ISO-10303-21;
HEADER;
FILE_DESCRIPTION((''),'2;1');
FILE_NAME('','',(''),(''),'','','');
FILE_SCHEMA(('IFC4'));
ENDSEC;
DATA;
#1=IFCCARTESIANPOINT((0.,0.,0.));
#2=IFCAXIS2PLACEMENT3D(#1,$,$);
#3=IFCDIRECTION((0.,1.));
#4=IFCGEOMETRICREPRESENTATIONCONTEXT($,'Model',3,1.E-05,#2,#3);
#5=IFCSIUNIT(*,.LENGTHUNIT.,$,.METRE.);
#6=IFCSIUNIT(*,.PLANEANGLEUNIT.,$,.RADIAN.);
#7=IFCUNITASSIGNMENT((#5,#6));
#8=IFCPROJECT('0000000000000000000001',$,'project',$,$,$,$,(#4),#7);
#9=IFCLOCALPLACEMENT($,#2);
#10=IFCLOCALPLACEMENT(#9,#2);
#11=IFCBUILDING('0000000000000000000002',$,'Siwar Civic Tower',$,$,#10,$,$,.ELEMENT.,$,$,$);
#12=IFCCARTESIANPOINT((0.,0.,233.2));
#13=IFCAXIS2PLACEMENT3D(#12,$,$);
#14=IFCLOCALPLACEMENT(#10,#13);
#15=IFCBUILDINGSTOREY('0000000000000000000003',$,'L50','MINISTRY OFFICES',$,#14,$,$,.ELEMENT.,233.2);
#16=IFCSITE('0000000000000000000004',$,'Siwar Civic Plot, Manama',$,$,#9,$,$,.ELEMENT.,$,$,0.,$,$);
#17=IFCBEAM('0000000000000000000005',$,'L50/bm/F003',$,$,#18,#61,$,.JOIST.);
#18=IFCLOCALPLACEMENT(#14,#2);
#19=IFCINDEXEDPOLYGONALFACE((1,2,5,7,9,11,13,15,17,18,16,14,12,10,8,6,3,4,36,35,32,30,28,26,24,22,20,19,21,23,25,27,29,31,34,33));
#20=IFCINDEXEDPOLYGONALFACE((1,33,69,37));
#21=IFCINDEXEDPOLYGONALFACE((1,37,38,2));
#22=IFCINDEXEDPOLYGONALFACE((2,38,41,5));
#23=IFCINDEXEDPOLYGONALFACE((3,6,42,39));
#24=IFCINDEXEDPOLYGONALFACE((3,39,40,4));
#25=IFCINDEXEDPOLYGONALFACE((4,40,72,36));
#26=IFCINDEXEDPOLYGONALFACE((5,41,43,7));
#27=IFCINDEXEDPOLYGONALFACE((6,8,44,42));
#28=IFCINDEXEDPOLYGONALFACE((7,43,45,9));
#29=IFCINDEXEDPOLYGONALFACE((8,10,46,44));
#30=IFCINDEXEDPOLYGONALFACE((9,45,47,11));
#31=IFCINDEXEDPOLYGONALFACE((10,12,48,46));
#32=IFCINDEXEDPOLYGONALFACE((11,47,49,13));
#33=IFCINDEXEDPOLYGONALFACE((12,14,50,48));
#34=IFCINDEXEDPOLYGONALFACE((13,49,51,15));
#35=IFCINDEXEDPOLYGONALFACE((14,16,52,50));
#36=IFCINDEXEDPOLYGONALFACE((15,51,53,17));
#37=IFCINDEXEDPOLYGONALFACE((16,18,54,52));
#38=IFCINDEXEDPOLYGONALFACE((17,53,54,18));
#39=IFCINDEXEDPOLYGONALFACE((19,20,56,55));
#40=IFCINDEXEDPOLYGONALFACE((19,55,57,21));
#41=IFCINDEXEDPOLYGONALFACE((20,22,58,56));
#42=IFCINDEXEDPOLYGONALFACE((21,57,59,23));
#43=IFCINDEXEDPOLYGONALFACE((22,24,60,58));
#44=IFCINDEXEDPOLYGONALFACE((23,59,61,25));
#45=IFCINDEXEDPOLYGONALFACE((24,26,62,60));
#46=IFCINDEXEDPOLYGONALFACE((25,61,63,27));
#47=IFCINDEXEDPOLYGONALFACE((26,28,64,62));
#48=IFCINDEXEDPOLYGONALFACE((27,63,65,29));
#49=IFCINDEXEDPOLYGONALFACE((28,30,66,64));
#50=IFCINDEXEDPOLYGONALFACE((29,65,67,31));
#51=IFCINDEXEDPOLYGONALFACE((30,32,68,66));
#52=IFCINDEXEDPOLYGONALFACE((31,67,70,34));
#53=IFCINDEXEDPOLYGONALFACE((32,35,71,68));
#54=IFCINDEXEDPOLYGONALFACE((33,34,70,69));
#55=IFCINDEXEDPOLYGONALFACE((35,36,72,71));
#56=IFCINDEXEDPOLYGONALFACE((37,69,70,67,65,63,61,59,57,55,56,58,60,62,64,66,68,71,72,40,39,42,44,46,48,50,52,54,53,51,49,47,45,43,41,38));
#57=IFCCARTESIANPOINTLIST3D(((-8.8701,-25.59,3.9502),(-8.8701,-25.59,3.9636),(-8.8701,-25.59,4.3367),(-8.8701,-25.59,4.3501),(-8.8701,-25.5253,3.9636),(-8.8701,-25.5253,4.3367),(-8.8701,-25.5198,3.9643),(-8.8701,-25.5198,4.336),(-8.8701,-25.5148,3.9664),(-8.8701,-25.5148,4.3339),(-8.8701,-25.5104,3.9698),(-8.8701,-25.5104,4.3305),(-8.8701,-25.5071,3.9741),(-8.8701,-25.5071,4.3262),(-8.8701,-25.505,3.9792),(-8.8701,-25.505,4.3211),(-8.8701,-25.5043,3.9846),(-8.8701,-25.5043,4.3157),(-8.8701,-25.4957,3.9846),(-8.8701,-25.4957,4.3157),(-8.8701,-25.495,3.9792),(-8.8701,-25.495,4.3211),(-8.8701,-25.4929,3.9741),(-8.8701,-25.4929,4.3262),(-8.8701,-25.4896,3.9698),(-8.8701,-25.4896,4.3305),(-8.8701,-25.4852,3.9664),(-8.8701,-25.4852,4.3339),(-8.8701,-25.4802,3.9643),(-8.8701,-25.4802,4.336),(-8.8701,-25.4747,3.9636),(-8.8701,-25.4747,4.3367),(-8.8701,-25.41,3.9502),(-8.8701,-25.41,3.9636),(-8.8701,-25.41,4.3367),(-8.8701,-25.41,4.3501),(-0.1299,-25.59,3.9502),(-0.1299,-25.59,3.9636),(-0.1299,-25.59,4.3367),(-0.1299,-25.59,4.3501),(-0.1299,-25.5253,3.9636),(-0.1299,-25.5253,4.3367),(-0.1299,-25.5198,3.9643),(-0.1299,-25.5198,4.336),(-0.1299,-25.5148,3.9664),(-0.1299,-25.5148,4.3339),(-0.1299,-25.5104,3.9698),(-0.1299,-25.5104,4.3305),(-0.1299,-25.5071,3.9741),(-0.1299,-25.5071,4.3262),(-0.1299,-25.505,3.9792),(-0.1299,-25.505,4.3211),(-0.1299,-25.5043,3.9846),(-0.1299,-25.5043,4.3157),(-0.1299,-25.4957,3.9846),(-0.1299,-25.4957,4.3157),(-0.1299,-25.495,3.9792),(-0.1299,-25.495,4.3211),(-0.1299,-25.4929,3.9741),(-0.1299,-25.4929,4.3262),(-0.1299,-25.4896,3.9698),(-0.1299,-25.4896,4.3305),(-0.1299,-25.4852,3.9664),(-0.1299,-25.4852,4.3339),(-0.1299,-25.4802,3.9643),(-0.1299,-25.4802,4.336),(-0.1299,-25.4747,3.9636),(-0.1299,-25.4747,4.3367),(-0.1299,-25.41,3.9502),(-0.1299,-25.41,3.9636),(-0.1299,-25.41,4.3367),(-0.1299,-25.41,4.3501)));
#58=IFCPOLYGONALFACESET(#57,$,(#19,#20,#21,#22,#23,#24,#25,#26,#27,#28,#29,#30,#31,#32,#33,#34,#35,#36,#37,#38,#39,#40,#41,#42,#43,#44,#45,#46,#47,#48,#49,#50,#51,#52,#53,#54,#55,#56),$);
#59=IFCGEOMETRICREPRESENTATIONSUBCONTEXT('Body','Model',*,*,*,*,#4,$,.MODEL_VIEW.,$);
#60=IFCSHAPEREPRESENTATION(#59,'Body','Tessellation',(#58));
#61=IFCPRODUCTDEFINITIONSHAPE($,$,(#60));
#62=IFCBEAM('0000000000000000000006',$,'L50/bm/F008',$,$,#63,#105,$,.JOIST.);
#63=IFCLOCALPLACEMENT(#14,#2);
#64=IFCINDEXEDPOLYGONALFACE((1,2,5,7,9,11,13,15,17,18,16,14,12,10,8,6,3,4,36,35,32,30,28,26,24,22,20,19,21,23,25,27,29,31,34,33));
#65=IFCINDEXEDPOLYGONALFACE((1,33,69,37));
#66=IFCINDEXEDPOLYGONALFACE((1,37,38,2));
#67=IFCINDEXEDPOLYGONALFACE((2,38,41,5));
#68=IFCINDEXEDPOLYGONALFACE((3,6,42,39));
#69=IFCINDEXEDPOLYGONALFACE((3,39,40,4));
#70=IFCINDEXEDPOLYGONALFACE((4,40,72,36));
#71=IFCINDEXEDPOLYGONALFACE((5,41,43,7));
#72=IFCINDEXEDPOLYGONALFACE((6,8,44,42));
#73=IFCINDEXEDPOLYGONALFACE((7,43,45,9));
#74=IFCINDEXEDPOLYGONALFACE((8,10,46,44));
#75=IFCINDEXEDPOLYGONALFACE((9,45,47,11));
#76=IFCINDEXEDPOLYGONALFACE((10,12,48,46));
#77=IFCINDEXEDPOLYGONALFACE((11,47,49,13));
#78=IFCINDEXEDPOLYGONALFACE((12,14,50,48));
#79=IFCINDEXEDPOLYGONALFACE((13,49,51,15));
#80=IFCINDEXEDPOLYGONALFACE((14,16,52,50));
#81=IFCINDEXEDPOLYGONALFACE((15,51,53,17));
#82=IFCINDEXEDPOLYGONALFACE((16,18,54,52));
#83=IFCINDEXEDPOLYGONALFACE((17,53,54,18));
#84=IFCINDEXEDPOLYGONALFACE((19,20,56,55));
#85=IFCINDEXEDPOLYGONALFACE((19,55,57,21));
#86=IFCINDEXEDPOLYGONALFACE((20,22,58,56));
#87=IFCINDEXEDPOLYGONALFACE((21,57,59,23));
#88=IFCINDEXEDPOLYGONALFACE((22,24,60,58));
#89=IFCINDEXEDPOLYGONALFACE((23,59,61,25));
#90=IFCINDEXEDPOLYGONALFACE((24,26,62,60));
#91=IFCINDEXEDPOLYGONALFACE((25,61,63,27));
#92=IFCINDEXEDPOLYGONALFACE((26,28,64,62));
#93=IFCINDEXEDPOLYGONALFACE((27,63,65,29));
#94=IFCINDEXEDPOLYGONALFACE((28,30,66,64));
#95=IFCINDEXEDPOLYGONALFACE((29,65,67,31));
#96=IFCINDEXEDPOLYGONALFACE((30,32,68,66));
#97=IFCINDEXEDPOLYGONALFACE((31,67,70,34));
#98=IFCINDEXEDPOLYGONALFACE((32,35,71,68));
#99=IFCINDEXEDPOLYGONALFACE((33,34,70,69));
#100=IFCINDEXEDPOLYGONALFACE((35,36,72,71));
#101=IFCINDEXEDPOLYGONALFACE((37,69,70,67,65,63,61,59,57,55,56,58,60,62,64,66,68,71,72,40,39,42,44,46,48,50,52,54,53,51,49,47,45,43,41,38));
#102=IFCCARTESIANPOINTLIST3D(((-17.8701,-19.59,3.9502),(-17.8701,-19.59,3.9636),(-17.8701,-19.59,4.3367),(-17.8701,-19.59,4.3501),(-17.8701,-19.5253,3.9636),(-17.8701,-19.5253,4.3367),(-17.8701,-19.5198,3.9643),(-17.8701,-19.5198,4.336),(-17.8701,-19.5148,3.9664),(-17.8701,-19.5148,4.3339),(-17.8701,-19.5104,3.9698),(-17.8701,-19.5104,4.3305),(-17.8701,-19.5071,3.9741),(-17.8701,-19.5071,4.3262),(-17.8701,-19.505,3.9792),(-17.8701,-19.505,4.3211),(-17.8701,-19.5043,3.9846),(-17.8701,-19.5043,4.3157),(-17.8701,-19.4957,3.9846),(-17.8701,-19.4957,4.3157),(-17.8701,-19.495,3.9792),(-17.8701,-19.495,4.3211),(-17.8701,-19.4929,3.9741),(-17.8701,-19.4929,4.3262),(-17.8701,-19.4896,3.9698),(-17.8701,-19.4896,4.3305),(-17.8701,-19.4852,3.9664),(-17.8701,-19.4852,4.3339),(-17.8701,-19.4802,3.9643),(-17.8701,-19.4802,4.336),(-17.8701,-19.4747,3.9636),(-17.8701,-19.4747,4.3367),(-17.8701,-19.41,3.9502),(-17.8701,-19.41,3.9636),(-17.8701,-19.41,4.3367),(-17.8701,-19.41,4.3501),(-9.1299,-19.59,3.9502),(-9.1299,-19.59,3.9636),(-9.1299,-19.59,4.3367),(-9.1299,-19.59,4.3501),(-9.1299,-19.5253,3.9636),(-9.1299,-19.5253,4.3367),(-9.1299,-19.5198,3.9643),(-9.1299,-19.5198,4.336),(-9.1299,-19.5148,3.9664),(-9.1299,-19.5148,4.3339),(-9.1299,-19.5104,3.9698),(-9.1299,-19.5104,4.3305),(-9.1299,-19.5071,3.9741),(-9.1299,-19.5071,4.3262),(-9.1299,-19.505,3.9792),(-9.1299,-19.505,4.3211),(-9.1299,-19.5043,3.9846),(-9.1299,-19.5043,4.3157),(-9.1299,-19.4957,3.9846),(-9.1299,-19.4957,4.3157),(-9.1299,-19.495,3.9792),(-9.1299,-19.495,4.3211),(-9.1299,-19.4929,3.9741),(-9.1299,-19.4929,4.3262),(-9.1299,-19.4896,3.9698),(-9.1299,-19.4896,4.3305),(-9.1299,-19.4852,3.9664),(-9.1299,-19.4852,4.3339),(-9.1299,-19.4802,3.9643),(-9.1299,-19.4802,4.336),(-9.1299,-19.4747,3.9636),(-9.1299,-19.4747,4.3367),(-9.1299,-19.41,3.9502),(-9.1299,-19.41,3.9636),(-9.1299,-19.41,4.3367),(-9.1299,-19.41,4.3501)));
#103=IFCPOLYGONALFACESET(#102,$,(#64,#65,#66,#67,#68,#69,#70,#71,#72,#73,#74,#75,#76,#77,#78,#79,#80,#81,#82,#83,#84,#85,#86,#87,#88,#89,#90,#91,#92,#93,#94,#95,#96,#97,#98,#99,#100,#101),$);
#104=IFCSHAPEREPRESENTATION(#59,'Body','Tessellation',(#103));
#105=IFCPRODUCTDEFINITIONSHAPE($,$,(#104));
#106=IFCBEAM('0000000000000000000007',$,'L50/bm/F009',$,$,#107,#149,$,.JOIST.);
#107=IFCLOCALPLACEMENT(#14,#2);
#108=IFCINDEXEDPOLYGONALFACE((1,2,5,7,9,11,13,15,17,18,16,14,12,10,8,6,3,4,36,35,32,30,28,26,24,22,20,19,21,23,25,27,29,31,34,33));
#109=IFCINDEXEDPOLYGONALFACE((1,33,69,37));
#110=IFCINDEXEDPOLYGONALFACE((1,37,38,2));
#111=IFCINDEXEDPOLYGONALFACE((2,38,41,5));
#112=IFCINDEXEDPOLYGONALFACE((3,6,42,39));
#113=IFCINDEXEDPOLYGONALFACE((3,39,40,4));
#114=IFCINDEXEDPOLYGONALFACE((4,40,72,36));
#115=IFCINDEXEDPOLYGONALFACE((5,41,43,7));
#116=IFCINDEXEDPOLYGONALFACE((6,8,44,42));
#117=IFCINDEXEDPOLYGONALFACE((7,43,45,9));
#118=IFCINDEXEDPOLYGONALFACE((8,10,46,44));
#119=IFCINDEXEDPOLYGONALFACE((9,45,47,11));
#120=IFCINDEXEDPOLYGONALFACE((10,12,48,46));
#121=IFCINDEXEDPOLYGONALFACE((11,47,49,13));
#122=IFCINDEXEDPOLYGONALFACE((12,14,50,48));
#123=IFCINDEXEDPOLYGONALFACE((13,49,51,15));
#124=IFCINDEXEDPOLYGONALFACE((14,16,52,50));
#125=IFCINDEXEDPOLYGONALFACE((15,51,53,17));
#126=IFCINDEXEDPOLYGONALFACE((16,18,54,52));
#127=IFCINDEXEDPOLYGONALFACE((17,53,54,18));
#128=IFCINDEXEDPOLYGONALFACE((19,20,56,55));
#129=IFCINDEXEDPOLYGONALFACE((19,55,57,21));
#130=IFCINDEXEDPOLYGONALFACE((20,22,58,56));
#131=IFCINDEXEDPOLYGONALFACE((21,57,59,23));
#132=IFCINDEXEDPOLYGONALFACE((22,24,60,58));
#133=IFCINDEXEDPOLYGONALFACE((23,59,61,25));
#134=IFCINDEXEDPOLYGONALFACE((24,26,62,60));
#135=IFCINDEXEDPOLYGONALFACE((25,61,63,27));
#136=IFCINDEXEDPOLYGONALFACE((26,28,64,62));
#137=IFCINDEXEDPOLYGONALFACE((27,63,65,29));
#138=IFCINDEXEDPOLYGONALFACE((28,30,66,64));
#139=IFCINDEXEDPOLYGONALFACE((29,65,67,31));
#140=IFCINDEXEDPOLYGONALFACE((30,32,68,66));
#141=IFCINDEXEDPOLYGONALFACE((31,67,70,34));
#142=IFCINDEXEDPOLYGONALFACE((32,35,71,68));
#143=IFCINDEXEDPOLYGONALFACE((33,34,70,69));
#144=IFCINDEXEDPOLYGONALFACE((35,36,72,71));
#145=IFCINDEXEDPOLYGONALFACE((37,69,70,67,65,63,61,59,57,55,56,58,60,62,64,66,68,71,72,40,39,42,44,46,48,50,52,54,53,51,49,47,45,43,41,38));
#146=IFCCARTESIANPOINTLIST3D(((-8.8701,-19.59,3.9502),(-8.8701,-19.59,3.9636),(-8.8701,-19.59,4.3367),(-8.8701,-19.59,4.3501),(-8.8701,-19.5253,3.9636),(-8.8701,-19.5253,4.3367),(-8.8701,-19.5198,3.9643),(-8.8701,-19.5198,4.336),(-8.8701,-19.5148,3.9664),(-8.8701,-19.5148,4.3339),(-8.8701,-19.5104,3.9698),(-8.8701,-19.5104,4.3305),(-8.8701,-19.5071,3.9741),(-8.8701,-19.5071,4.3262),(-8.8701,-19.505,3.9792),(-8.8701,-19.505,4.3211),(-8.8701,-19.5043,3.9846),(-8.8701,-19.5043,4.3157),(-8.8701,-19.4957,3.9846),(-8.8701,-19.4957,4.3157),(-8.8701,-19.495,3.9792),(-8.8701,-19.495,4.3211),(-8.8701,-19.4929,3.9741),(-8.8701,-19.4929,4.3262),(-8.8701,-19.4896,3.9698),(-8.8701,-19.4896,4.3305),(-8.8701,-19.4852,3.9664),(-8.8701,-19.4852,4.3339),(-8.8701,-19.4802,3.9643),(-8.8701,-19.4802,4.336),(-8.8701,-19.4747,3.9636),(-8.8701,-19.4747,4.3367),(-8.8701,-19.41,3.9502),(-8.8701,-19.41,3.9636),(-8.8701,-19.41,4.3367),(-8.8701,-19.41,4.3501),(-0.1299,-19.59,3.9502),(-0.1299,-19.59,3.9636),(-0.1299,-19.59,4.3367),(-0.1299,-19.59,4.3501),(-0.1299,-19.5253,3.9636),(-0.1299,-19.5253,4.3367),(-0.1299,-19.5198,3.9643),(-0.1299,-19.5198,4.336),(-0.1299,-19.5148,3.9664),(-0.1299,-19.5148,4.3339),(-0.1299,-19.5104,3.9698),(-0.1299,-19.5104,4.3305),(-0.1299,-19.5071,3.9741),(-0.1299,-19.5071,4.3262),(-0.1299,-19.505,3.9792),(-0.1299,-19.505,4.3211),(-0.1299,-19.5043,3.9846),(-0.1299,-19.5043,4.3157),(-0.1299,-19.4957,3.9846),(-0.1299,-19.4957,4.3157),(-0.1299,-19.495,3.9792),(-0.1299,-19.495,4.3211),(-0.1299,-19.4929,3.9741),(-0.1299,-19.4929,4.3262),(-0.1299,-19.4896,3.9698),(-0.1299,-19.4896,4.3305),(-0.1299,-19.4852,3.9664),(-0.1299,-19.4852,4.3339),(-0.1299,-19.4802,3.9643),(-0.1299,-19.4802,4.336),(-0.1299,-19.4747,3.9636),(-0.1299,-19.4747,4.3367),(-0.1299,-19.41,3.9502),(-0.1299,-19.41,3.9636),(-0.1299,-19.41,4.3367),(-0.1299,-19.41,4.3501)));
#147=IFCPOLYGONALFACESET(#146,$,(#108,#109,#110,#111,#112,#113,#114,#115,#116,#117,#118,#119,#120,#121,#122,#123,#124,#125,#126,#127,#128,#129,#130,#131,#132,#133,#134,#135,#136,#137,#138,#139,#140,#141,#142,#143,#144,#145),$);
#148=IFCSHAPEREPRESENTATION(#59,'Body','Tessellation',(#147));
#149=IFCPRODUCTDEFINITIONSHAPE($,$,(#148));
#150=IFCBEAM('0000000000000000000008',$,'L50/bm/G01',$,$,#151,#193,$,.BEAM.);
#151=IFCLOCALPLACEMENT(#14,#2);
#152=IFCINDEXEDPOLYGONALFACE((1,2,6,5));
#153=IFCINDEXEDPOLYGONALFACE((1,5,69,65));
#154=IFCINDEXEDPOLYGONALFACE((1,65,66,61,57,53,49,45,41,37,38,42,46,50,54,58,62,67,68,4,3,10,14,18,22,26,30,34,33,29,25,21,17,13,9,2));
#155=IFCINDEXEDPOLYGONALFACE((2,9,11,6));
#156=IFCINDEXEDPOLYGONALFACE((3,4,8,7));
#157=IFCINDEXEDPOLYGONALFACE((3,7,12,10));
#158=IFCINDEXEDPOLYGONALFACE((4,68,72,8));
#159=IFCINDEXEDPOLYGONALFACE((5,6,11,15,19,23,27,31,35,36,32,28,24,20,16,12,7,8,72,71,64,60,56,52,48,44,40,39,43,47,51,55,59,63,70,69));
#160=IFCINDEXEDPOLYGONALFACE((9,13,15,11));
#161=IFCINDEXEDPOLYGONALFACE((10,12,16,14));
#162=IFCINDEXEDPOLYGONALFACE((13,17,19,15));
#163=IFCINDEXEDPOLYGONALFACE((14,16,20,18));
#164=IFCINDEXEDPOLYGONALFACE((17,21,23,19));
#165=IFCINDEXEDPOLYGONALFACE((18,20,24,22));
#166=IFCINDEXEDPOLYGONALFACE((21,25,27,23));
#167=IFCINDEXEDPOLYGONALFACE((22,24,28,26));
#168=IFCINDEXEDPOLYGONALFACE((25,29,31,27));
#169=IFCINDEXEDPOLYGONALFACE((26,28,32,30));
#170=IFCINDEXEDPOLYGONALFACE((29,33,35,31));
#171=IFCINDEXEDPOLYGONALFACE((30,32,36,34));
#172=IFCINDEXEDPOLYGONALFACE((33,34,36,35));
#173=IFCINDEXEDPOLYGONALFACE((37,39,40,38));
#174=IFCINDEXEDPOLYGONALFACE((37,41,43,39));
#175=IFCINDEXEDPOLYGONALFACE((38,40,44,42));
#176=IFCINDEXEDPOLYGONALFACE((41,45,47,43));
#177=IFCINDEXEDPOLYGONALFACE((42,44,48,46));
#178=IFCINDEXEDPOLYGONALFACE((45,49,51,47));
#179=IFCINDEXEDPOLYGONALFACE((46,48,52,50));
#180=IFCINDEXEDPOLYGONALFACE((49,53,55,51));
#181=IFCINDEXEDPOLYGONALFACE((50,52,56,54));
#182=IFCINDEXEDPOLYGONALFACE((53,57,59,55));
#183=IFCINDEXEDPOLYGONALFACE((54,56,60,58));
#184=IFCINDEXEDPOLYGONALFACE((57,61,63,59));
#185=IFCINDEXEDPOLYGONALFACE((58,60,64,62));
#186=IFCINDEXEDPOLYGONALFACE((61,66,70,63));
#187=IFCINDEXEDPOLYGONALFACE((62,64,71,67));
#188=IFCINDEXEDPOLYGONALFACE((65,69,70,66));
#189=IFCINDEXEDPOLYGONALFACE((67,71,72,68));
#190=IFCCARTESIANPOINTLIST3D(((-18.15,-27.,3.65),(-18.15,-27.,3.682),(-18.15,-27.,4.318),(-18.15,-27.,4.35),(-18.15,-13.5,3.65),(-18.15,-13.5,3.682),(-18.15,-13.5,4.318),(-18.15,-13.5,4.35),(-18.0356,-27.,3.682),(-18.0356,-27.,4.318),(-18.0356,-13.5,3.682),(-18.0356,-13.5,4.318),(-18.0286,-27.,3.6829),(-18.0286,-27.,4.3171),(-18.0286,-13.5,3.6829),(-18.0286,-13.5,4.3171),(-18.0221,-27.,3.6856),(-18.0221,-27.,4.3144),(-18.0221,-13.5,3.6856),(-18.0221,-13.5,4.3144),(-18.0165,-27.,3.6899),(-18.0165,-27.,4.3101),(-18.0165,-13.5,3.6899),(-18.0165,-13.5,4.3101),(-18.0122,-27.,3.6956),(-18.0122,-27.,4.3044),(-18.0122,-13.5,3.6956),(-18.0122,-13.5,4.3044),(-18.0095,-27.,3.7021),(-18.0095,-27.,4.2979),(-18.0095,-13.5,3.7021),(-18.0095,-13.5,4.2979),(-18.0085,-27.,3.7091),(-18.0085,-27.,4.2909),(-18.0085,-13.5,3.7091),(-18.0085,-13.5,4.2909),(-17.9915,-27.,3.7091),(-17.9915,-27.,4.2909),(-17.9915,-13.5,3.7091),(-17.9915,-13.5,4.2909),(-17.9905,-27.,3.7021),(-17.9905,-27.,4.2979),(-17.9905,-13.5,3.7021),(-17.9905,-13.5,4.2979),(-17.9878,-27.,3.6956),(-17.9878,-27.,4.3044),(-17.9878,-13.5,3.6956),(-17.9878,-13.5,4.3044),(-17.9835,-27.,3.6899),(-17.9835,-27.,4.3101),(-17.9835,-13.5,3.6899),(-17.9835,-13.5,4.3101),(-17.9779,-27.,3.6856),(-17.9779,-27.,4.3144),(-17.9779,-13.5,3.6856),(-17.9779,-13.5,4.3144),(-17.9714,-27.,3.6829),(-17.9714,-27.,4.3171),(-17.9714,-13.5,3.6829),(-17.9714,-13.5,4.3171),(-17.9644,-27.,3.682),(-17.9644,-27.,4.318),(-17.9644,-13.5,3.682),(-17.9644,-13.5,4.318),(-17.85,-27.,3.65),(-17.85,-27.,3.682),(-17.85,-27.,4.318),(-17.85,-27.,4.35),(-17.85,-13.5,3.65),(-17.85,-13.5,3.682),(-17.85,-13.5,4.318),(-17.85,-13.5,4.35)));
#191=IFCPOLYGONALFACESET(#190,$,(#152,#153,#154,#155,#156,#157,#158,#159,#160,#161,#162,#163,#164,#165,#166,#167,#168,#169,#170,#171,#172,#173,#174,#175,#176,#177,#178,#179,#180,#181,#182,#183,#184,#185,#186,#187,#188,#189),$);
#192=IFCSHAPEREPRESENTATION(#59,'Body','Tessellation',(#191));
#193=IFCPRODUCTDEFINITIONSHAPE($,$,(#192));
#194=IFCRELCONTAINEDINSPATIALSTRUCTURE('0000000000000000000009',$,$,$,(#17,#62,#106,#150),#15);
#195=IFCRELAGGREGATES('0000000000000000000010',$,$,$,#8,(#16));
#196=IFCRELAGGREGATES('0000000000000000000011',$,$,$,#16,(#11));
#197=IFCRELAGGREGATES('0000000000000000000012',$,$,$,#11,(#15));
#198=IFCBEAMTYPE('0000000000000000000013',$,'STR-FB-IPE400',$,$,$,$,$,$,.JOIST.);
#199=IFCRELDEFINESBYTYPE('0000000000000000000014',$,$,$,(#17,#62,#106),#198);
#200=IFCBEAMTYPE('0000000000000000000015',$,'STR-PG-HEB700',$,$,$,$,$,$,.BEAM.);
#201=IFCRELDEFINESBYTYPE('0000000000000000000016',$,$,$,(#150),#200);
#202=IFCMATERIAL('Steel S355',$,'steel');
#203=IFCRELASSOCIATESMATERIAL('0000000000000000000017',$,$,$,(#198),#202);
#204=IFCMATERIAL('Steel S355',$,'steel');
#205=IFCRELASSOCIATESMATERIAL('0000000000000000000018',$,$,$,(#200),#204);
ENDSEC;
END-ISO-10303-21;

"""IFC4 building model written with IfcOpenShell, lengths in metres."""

from ifc_helpers import new_model, si_unit, direction, frame, origin, origin_2d, place, context, subcontext, project, spatial, i_section, extrude, material, material_profile, profile_set, type_object, element, save


model = new_model("IFC4")

# Units and contexts
model_context = context("Model", 3, precision=1e-05, world=origin(), true_north=direction((0.0, 1.0)))
body_context = subcontext(model_context, "Body", "Model", "MODEL_VIEW")
ifc_project = project(units=[si_unit("LENGTHUNIT", "METRE"), si_unit("PLANEANGLEUNIT", "RADIAN")], contexts=[model_context])

# Site, building, storey
site_placement = place(None, origin())
site = spatial("IfcSite", under=ifc_project, at=site_placement, Name="Siwar Civic Plot, Manama", CompositionType="ELEMENT", RefElevation=0.0)
building_placement = place(site_placement, origin())
building = spatial("IfcBuilding", under=site, at=building_placement, Name="Siwar Civic Tower", CompositionType="ELEMENT")
storey_placement = place(building_placement, frame((0.0, 0.0, 233.2)))
storey = spatial("IfcBuildingStorey", under=building, at=storey_placement, Name="L50", Description="MINISTRY OFFICES", CompositionType="ELEMENT", Elevation=233.2)

# Beams
ifc_material_1 = material(Name="Steel S355", Category="steel")
ifc_material_profile_1 = material_profile(ifc_material_1, i_section(OverallWidth=0.1799, OverallDepth=0.3999, WebThickness=0.0085, FlangeThickness=0.0134, FilletRadius=0.021, at=origin_2d()), Name="IPE400")
ifc_profile_set_1 = profile_set([ifc_material_profile_1], Name="Steel S355")
beam_type_1 = type_object("IfcBeamType", Name="STR-FB-IPE400", PredefinedType="JOIST", material=ifc_profile_set_1)
for number, where, z_axis, x_axis, name in (
    (1, (-8.8701, -25.5, 4.1501), (1.0, 0.0, 0.0), (0.0, 1.0, 0.0), "L50/bm/F003"),
    (2, (-17.8701, -19.5, 4.1501), (1.0, 0.0, 0.0), (0.0, 1.0, 0.0), "L50/bm/F008"),
    (3, (-8.8701, -19.5, 4.1501), (1.0, 0.0, 0.0), (0.0, 1.0, 0.0), "L50/bm/F009"),
):
    element("IfcBeam", number, at=place(storey_placement, frame(where, z_axis=z_axis, x_axis=x_axis)), inside=storey, type_object=beam_type_1, Name=name, PredefinedType="JOIST", context=body_context, shape_type="SweptSolid", body=[
        extrude(i_section(OverallWidth=0.1799, OverallDepth=0.3999, WebThickness=0.0085, FlangeThickness=0.0134, FilletRadius=0.021, at=origin_2d()), origin(), (0.0, 0.0, 1.0), 8.7402),
    ])
ifc_material_2 = material(Name="Steel S355", Category="steel")
ifc_material_profile_2 = material_profile(ifc_material_2, i_section(OverallWidth=0.3, OverallDepth=0.7, WebThickness=0.0171, FlangeThickness=0.032, FilletRadius=0.0271, at=origin_2d()), Name="HEB700")
ifc_profile_set_2 = profile_set([ifc_material_profile_2], Name="Steel S355")
beam_type_2 = type_object("IfcBeamType", Name="STR-PG-HEB700", PredefinedType="BEAM", material=ifc_profile_set_2)
for number, where, z_axis, x_axis, name in (
    (4, (-18.0, -27.0, 4.0), (0.0, 1.0, 0.0), (-1.0, 0.0, 0.0), "L50/bm/G01"),
):
    element("IfcBeam", number, at=place(storey_placement, frame(where, z_axis=z_axis, x_axis=x_axis)), inside=storey, type_object=beam_type_2, Name=name, PredefinedType="BEAM", context=body_context, shape_type="SweptSolid", body=[
        extrude(i_section(OverallWidth=0.3, OverallDepth=0.7, WebThickness=0.0171, FlangeThickness=0.032, FilletRadius=0.0271, at=origin_2d()), origin(), (0.0, 0.0, 1.0), 13.5),
    ])

save(model, "model.ifc")
